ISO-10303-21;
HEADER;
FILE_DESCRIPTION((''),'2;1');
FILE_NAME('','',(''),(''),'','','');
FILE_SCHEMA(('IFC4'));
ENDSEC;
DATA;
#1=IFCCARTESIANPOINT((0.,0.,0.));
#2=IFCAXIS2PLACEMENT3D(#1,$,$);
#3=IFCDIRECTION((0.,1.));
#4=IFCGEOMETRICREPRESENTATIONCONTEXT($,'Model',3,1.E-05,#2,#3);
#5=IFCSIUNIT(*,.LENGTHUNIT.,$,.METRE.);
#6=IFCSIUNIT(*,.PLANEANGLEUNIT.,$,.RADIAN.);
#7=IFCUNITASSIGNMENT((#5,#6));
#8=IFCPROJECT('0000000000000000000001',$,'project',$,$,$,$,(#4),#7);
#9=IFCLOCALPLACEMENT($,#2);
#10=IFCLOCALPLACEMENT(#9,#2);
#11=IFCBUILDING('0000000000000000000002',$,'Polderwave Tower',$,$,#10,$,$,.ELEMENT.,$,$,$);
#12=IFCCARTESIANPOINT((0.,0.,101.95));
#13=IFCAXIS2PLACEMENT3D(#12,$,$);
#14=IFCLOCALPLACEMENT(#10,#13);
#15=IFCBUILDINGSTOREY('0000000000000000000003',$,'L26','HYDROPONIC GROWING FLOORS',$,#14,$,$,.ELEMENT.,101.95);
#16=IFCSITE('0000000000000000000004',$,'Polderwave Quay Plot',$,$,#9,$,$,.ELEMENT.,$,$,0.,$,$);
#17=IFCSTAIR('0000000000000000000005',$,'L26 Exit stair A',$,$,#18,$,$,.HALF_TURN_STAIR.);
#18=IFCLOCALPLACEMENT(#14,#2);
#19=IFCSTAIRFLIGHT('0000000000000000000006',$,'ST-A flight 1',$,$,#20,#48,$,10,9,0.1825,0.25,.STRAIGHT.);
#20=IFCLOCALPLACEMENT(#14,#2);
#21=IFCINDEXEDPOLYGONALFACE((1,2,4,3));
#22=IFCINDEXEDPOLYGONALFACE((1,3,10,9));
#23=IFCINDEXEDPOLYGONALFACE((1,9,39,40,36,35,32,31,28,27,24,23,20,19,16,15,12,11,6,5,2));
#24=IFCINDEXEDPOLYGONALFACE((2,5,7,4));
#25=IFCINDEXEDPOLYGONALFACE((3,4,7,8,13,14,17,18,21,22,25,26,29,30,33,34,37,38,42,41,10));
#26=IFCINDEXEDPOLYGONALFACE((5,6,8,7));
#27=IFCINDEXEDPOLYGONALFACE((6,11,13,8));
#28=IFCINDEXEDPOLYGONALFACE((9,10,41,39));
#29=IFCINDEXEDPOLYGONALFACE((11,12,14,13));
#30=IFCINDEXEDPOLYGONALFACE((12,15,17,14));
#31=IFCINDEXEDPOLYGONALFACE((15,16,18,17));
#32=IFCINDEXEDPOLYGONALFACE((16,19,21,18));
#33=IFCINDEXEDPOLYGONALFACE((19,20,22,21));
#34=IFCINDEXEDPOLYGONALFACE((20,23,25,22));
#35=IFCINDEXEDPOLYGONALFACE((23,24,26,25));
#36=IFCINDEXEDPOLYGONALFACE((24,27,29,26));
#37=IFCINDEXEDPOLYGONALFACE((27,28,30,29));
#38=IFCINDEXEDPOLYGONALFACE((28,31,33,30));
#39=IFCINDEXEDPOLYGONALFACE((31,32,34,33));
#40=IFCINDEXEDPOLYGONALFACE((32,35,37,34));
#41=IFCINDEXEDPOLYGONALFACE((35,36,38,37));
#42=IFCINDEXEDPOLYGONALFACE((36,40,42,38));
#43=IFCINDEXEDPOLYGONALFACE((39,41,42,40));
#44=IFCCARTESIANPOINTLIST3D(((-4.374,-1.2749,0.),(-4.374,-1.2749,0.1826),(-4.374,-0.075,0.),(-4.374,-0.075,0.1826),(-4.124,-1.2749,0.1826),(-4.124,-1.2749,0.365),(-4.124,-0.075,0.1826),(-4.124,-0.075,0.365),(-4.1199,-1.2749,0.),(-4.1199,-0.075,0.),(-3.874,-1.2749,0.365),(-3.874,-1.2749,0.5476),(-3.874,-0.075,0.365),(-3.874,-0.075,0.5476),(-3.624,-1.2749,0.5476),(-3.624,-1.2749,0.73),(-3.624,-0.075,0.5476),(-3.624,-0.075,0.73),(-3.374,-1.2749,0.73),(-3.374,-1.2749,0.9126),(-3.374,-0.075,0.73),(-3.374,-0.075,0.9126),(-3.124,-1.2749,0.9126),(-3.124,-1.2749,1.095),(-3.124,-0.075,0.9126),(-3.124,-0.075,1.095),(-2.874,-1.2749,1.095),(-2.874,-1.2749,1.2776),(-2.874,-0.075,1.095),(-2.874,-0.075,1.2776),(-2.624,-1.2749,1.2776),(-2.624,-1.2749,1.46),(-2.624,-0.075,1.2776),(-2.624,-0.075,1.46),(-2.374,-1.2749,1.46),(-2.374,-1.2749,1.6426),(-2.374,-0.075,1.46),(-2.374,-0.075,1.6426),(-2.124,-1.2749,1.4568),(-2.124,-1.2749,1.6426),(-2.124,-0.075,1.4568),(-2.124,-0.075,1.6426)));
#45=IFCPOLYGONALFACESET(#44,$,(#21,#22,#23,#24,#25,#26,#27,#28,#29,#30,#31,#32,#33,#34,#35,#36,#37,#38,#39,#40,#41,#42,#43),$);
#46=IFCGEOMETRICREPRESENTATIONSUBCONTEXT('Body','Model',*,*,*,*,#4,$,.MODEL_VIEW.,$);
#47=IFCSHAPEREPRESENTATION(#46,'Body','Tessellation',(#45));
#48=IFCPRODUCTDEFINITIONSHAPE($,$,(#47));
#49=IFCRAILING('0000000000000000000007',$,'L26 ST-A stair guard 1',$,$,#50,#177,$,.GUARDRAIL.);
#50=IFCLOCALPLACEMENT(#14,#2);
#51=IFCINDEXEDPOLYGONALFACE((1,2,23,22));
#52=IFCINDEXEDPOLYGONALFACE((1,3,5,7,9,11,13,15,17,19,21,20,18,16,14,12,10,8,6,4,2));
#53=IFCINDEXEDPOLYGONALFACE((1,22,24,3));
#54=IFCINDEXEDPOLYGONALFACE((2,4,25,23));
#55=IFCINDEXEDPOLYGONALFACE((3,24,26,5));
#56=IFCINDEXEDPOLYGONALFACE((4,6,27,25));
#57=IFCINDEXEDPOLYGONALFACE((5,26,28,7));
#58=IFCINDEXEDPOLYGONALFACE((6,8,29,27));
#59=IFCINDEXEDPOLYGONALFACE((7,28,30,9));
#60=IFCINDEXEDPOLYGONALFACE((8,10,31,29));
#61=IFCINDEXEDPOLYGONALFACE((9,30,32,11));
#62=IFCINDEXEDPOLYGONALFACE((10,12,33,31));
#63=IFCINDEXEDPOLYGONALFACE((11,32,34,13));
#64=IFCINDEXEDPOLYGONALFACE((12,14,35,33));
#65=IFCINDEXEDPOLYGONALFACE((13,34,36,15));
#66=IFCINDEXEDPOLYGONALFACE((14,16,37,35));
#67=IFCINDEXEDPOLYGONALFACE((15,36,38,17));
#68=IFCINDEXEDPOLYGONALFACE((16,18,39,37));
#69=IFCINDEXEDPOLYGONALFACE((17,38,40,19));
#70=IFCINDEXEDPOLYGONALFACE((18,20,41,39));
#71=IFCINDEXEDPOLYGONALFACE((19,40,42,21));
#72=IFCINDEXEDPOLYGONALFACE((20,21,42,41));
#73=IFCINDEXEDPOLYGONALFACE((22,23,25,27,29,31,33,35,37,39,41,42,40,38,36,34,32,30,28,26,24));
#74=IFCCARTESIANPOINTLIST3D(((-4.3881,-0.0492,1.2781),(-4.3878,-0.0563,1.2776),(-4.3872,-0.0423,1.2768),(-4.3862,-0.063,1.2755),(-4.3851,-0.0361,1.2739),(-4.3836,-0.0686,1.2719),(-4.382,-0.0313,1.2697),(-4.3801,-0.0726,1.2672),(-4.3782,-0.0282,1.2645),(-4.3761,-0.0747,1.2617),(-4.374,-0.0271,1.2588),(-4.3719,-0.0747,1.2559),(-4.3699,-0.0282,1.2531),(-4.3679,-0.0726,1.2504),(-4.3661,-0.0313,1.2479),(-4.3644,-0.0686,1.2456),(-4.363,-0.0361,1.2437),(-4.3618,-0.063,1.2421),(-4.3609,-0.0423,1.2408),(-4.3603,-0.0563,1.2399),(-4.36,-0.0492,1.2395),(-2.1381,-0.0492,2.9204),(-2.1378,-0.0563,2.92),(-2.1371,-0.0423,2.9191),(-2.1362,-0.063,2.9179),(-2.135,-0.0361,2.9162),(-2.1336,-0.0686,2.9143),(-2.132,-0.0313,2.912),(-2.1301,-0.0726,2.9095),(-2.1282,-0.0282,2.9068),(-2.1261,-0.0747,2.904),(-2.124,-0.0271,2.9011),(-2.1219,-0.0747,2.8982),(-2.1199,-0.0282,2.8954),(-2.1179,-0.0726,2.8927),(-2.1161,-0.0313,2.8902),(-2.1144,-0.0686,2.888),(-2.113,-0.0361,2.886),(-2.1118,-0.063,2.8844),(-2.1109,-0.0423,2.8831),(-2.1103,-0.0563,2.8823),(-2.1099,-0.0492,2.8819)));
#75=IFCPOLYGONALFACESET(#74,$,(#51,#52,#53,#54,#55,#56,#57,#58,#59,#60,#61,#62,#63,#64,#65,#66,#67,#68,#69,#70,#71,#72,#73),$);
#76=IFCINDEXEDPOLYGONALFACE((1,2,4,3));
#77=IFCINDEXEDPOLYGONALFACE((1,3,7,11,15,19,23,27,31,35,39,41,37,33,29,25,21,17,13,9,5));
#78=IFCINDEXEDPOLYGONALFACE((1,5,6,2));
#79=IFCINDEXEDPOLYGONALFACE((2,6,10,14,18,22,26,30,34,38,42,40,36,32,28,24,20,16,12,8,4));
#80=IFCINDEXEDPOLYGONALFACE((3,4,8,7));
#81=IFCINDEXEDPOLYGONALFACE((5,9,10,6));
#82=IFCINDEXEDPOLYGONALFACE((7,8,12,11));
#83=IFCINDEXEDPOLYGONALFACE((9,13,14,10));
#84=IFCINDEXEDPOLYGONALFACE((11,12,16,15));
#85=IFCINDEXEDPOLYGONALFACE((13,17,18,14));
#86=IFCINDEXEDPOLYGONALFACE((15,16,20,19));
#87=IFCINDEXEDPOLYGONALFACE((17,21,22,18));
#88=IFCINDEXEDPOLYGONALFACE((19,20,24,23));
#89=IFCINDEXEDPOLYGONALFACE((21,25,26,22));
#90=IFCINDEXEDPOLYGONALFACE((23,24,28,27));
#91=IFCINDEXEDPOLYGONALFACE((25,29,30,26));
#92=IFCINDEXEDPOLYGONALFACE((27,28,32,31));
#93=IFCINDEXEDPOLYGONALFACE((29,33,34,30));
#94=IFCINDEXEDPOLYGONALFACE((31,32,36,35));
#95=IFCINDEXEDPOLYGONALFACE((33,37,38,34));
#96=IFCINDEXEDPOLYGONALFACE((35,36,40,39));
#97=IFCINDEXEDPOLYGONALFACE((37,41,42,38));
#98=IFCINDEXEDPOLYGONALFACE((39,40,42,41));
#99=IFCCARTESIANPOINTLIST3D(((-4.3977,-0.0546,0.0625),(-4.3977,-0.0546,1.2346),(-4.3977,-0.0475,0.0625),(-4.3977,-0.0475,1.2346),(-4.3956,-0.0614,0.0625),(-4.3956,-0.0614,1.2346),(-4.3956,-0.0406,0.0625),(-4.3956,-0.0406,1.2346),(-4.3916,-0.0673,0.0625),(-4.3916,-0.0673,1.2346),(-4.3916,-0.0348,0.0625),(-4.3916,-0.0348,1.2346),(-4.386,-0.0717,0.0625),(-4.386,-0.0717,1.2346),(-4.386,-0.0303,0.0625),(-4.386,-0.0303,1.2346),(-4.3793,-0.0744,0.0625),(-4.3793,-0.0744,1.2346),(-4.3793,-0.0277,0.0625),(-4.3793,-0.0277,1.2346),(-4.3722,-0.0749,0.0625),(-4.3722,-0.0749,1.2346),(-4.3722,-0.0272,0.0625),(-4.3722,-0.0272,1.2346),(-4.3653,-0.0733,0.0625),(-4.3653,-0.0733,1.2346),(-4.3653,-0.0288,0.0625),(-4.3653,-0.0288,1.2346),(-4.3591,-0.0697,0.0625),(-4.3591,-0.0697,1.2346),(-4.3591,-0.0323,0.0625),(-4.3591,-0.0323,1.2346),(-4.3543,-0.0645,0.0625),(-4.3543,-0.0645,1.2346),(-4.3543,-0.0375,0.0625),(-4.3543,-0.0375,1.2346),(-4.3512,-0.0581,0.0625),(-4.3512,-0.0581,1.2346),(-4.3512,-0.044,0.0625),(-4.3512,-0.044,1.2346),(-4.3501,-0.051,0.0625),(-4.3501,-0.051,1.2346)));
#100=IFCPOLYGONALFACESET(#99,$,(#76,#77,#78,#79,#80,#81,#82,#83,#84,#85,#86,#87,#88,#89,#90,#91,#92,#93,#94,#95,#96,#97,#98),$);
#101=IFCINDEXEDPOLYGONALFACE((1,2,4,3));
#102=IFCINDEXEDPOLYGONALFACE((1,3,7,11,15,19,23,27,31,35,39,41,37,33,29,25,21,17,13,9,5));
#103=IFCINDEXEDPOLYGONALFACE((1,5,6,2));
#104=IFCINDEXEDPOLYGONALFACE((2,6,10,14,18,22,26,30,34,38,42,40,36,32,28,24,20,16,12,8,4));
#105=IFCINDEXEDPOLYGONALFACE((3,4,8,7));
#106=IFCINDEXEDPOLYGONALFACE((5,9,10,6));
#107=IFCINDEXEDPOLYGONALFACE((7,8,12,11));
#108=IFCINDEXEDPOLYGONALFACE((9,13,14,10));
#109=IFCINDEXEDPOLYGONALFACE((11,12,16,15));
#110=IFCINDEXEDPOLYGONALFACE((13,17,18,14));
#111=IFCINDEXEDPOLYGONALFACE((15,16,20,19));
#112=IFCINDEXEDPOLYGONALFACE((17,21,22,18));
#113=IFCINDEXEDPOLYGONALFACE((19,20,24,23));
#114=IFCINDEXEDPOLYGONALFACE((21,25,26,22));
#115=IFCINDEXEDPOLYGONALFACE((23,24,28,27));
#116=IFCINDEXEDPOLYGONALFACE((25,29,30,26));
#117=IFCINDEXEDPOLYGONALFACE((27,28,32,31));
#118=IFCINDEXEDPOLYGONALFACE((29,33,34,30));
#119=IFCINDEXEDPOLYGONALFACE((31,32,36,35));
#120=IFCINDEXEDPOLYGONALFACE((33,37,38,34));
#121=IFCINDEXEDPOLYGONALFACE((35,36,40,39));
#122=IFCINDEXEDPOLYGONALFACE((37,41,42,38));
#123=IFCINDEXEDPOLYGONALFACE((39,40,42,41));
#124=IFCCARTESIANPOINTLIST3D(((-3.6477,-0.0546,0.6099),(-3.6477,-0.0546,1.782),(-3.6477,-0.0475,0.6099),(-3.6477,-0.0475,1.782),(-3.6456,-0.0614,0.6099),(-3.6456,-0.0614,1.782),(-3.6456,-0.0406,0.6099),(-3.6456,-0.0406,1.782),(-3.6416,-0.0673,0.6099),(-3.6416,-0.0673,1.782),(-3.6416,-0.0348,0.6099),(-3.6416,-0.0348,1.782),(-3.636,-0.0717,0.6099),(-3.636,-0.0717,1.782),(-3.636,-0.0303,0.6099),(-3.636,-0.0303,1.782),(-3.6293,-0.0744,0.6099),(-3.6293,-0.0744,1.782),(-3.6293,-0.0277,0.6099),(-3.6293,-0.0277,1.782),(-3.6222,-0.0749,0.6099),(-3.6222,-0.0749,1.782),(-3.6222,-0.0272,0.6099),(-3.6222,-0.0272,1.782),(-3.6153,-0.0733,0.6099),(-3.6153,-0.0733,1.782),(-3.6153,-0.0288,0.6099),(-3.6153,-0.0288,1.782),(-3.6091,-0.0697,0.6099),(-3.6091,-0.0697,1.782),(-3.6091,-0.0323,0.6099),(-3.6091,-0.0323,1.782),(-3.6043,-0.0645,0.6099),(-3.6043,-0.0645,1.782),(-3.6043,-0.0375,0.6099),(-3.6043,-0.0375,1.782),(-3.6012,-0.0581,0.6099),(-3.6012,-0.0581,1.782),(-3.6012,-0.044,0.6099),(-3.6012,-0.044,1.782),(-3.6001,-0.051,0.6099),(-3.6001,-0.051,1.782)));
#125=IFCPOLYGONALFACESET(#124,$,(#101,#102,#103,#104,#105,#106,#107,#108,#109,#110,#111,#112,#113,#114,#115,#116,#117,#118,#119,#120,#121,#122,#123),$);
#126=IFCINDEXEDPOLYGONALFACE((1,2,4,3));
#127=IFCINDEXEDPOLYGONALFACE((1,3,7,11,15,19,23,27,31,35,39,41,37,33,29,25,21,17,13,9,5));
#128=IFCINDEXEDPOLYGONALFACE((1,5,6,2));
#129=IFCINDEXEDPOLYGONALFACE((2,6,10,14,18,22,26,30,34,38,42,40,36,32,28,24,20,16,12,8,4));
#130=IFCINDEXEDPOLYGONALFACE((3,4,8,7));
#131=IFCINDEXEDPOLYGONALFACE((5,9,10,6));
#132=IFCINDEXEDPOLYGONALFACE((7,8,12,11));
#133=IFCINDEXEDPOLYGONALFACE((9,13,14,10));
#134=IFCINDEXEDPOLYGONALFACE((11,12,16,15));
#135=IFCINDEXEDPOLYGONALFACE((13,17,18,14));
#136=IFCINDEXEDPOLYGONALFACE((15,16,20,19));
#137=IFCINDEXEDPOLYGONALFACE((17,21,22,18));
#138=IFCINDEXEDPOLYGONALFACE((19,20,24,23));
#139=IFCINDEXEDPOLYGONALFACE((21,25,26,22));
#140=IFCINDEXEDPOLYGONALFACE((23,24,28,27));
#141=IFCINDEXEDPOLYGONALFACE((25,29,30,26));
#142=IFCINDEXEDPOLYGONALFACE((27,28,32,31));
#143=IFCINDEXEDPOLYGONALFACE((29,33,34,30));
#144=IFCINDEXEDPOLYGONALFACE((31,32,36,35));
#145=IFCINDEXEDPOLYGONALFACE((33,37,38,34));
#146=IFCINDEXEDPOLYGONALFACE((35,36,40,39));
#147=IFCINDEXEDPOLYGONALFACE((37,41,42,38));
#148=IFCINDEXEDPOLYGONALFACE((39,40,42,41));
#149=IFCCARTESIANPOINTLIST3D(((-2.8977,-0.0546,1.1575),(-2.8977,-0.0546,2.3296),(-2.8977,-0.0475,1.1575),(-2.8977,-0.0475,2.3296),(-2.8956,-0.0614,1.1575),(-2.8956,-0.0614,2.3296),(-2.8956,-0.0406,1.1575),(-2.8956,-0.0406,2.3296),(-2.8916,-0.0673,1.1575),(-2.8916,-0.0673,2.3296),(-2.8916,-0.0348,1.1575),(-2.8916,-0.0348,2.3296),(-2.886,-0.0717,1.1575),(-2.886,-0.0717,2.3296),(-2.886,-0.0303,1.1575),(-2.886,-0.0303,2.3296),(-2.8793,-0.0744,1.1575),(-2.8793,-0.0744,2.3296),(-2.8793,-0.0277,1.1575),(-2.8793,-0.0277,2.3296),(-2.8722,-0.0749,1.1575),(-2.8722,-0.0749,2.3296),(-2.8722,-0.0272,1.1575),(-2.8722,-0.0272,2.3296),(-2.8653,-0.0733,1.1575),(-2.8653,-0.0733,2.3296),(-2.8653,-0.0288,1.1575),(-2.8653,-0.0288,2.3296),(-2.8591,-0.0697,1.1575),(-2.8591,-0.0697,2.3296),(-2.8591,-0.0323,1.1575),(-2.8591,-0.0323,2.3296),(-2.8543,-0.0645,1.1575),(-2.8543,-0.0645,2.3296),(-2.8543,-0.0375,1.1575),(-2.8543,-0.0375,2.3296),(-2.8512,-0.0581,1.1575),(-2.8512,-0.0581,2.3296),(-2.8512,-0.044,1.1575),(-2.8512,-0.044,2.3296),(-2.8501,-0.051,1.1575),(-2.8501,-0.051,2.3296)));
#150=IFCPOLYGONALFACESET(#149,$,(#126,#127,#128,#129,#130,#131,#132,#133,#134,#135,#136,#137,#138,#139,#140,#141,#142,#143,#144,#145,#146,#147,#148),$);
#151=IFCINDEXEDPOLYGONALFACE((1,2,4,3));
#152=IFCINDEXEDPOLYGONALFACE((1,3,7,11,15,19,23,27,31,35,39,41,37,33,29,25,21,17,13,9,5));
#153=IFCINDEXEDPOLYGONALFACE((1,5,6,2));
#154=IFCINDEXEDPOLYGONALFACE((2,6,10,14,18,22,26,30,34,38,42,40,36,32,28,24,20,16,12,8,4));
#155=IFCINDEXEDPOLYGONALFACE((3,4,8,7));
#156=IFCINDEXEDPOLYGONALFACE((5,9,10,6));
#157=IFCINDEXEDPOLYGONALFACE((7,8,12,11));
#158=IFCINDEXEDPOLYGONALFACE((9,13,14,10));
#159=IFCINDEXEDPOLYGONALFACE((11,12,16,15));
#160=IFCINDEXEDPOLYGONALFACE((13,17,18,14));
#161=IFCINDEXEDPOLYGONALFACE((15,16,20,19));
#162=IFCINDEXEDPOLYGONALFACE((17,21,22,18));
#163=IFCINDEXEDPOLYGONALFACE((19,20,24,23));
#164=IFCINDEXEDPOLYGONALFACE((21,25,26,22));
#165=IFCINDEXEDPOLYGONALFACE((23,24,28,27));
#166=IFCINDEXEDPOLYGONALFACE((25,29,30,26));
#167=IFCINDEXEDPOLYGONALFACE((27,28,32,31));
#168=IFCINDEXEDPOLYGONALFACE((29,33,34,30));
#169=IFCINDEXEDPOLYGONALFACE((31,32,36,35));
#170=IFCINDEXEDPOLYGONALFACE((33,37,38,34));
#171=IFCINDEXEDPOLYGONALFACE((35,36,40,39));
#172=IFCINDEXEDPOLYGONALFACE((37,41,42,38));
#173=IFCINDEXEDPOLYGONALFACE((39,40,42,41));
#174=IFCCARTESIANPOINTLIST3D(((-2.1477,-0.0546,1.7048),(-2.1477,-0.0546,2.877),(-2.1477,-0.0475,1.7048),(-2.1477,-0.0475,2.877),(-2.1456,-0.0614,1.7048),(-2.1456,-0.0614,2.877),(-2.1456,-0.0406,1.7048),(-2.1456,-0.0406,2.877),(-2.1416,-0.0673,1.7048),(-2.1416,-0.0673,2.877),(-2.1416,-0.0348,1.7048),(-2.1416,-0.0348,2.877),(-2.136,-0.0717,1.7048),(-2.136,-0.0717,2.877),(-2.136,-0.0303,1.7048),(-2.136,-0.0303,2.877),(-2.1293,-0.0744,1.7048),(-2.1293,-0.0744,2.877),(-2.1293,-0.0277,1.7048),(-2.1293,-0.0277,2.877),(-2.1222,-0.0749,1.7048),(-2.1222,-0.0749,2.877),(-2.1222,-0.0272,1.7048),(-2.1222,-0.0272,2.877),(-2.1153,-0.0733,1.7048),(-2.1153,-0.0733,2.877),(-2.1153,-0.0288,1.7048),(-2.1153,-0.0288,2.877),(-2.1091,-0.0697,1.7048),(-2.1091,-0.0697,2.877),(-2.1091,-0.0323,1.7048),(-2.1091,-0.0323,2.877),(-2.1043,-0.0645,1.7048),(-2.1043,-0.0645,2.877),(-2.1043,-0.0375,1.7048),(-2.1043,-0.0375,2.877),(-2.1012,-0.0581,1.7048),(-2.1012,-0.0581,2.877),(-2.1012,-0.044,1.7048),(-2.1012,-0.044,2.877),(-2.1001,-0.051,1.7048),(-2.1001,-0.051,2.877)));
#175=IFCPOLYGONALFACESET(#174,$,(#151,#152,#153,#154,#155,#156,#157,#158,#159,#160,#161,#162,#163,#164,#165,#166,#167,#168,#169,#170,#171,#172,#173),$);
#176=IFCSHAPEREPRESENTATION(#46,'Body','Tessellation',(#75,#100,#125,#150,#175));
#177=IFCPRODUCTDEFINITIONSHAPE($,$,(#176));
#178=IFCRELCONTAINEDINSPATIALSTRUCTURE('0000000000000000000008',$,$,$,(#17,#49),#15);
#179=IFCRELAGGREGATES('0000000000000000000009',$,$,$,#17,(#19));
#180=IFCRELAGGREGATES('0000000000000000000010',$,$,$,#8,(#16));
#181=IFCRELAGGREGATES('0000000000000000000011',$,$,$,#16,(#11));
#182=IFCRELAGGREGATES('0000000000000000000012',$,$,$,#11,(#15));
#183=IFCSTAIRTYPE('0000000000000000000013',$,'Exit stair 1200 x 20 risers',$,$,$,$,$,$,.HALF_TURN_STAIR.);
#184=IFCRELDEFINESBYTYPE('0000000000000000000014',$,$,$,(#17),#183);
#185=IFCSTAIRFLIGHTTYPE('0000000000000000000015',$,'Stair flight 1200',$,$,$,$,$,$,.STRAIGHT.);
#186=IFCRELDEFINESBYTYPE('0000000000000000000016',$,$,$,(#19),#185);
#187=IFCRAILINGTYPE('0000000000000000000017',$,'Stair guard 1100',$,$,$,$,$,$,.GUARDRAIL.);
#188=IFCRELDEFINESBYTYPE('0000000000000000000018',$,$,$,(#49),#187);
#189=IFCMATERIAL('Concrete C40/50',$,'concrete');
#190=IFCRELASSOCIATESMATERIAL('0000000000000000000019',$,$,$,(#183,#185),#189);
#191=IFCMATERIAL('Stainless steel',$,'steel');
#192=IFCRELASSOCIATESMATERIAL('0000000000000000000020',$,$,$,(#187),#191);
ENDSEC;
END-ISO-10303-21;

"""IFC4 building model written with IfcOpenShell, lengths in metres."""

from ifc_helpers import new_model, si_unit, direction, frame, origin, origin_2d, place, context, subcontext, project, spatial, polyline, circle, outline, extrude, material, type_object, element, aggregate, save


model = new_model("IFC4")

# Units and contexts
model_context = context("Model", 3, precision=1e-05, world=origin(), true_north=direction((0.0, 1.0)))
body_context = subcontext(model_context, "Body", "Model", "MODEL_VIEW")
ifc_project = project(units=[si_unit("LENGTHUNIT", "METRE"), si_unit("PLANEANGLEUNIT", "RADIAN")], contexts=[model_context])

# Site, building, storey
site_placement = place(None, origin())
site = spatial("IfcSite", under=ifc_project, at=site_placement, Name="Polderwave Quay Plot", CompositionType="ELEMENT", RefElevation=0.0)
building_placement = place(site_placement, origin())
building = spatial("IfcBuilding", under=site, at=building_placement, Name="Polderwave Tower", CompositionType="ELEMENT")
storey_placement = place(building_placement, frame((0.0, 0.0, 101.95)))
storey = spatial("IfcBuildingStorey", under=building, at=storey_placement, Name="L26", Description="HYDROPONIC GROWING FLOORS", CompositionType="ELEMENT", Elevation=101.95)

# Shared definitions
ifc_material_1 = material(Name="Concrete C40/50", Category="concrete")

# Stair, stair flight
stair_type = type_object("IfcStairType", Name="Exit stair 1200 x 20 risers", PredefinedType="HALF_TURN_STAIR", material=ifc_material_1)
stair_placement = place(storey_placement, origin())
stair = element("IfcStair", 1, at=stair_placement, inside=storey, type_object=stair_type, Name="L26 Exit stair A", PredefinedType="HALF_TURN_STAIR")
stair_flight_type = type_object("IfcStairFlightType", Name="Stair flight 1200", PredefinedType="STRAIGHT", material=ifc_material_1)
stair_flight_placement = place(storey_placement, frame((-4.374, -0.675, 0.0), z_axis=(0.0, 0.0, 1.0), x_axis=(1.0, 0.0, 0.0)))
stair_flight = element("IfcStairFlight", 2, at=stair_flight_placement, type_object=stair_flight_type, Name="ST-A flight 1", NumberOfRisers=10, NumberOfTreads=9, PredefinedType="STRAIGHT", RiserHeight=0.1825, TreadLength=0.25, context=body_context, shape_type="SweptSolid", body=[
    extrude(outline(polyline([(0.0, 0.0), (0.0, 0.1826), (0.25, 0.1826), (0.25, 0.365), (0.5, 0.365), (0.5, 0.5476), (0.75, 0.5476), (0.75, 0.73), (1.0, 0.73), (1.0, 0.9126), (1.25, 0.9126), (1.25, 1.095), (1.5, 1.095), (1.5, 1.2776), (1.75, 1.2776), (1.75, 1.46), (2.0, 1.46), (2.0, 1.6426), (2.25, 1.6426), (2.25, 1.825), (2.25, 1.4568), (0.2542, 0.0), (0.0, 0.0)])), frame((0.0, 0.6001, 0.0), z_axis=(0.0, -1.0, 0.0), x_axis=(1.0, 0.0, 0.0)), (0.0, 0.0, 1.0), 1.2),
])
aggregate(stair, [stair_flight])

# Railing
ifc_material_2 = material(Name="Stainless steel", Category="steel")
railing_type_1 = type_object("IfcRailingType", Name="Stair guard 1100", PredefinedType="GUARDRAIL", material=ifc_material_2)
railing_1_placement = place(storey_placement, frame((-4.374, -0.051, 0.0625)))
element("IfcRailing", 3, at=railing_1_placement, inside=storey, type_object=railing_type_1, Name="L26 ST-A stair guard 1", PredefinedType="GUARDRAIL", context=body_context, shape_type="SweptSolid", body=[
    extrude(circle(Radius=0.0239, at=origin_2d()), frame((0.0, 0.0, 1.1963), z_axis=(0.807715, 0.0, 0.589573), x_axis=(0.0, 1.0, 0.0)), (0.0, 0.0, 1.0), 2.7856),
    extrude(circle(Radius=0.0239, at=origin_2d()), origin(), (0.0, 0.0, 1.0), 1.1721),
    extrude(circle(Radius=0.0239, at=origin_2d()), frame((0.75, 0.0, 0.5474)), (0.0, 0.0, 1.0), 1.1721),
    extrude(circle(Radius=0.0239, at=origin_2d()), frame((1.5, 0.0, 1.095)), (0.0, 0.0, 1.0), 1.1721),
    extrude(circle(Radius=0.0239, at=origin_2d()), frame((2.25, 0.0, 1.6423)), (0.0, 0.0, 1.0), 1.1721),
])

save(model, "model.ifc")
